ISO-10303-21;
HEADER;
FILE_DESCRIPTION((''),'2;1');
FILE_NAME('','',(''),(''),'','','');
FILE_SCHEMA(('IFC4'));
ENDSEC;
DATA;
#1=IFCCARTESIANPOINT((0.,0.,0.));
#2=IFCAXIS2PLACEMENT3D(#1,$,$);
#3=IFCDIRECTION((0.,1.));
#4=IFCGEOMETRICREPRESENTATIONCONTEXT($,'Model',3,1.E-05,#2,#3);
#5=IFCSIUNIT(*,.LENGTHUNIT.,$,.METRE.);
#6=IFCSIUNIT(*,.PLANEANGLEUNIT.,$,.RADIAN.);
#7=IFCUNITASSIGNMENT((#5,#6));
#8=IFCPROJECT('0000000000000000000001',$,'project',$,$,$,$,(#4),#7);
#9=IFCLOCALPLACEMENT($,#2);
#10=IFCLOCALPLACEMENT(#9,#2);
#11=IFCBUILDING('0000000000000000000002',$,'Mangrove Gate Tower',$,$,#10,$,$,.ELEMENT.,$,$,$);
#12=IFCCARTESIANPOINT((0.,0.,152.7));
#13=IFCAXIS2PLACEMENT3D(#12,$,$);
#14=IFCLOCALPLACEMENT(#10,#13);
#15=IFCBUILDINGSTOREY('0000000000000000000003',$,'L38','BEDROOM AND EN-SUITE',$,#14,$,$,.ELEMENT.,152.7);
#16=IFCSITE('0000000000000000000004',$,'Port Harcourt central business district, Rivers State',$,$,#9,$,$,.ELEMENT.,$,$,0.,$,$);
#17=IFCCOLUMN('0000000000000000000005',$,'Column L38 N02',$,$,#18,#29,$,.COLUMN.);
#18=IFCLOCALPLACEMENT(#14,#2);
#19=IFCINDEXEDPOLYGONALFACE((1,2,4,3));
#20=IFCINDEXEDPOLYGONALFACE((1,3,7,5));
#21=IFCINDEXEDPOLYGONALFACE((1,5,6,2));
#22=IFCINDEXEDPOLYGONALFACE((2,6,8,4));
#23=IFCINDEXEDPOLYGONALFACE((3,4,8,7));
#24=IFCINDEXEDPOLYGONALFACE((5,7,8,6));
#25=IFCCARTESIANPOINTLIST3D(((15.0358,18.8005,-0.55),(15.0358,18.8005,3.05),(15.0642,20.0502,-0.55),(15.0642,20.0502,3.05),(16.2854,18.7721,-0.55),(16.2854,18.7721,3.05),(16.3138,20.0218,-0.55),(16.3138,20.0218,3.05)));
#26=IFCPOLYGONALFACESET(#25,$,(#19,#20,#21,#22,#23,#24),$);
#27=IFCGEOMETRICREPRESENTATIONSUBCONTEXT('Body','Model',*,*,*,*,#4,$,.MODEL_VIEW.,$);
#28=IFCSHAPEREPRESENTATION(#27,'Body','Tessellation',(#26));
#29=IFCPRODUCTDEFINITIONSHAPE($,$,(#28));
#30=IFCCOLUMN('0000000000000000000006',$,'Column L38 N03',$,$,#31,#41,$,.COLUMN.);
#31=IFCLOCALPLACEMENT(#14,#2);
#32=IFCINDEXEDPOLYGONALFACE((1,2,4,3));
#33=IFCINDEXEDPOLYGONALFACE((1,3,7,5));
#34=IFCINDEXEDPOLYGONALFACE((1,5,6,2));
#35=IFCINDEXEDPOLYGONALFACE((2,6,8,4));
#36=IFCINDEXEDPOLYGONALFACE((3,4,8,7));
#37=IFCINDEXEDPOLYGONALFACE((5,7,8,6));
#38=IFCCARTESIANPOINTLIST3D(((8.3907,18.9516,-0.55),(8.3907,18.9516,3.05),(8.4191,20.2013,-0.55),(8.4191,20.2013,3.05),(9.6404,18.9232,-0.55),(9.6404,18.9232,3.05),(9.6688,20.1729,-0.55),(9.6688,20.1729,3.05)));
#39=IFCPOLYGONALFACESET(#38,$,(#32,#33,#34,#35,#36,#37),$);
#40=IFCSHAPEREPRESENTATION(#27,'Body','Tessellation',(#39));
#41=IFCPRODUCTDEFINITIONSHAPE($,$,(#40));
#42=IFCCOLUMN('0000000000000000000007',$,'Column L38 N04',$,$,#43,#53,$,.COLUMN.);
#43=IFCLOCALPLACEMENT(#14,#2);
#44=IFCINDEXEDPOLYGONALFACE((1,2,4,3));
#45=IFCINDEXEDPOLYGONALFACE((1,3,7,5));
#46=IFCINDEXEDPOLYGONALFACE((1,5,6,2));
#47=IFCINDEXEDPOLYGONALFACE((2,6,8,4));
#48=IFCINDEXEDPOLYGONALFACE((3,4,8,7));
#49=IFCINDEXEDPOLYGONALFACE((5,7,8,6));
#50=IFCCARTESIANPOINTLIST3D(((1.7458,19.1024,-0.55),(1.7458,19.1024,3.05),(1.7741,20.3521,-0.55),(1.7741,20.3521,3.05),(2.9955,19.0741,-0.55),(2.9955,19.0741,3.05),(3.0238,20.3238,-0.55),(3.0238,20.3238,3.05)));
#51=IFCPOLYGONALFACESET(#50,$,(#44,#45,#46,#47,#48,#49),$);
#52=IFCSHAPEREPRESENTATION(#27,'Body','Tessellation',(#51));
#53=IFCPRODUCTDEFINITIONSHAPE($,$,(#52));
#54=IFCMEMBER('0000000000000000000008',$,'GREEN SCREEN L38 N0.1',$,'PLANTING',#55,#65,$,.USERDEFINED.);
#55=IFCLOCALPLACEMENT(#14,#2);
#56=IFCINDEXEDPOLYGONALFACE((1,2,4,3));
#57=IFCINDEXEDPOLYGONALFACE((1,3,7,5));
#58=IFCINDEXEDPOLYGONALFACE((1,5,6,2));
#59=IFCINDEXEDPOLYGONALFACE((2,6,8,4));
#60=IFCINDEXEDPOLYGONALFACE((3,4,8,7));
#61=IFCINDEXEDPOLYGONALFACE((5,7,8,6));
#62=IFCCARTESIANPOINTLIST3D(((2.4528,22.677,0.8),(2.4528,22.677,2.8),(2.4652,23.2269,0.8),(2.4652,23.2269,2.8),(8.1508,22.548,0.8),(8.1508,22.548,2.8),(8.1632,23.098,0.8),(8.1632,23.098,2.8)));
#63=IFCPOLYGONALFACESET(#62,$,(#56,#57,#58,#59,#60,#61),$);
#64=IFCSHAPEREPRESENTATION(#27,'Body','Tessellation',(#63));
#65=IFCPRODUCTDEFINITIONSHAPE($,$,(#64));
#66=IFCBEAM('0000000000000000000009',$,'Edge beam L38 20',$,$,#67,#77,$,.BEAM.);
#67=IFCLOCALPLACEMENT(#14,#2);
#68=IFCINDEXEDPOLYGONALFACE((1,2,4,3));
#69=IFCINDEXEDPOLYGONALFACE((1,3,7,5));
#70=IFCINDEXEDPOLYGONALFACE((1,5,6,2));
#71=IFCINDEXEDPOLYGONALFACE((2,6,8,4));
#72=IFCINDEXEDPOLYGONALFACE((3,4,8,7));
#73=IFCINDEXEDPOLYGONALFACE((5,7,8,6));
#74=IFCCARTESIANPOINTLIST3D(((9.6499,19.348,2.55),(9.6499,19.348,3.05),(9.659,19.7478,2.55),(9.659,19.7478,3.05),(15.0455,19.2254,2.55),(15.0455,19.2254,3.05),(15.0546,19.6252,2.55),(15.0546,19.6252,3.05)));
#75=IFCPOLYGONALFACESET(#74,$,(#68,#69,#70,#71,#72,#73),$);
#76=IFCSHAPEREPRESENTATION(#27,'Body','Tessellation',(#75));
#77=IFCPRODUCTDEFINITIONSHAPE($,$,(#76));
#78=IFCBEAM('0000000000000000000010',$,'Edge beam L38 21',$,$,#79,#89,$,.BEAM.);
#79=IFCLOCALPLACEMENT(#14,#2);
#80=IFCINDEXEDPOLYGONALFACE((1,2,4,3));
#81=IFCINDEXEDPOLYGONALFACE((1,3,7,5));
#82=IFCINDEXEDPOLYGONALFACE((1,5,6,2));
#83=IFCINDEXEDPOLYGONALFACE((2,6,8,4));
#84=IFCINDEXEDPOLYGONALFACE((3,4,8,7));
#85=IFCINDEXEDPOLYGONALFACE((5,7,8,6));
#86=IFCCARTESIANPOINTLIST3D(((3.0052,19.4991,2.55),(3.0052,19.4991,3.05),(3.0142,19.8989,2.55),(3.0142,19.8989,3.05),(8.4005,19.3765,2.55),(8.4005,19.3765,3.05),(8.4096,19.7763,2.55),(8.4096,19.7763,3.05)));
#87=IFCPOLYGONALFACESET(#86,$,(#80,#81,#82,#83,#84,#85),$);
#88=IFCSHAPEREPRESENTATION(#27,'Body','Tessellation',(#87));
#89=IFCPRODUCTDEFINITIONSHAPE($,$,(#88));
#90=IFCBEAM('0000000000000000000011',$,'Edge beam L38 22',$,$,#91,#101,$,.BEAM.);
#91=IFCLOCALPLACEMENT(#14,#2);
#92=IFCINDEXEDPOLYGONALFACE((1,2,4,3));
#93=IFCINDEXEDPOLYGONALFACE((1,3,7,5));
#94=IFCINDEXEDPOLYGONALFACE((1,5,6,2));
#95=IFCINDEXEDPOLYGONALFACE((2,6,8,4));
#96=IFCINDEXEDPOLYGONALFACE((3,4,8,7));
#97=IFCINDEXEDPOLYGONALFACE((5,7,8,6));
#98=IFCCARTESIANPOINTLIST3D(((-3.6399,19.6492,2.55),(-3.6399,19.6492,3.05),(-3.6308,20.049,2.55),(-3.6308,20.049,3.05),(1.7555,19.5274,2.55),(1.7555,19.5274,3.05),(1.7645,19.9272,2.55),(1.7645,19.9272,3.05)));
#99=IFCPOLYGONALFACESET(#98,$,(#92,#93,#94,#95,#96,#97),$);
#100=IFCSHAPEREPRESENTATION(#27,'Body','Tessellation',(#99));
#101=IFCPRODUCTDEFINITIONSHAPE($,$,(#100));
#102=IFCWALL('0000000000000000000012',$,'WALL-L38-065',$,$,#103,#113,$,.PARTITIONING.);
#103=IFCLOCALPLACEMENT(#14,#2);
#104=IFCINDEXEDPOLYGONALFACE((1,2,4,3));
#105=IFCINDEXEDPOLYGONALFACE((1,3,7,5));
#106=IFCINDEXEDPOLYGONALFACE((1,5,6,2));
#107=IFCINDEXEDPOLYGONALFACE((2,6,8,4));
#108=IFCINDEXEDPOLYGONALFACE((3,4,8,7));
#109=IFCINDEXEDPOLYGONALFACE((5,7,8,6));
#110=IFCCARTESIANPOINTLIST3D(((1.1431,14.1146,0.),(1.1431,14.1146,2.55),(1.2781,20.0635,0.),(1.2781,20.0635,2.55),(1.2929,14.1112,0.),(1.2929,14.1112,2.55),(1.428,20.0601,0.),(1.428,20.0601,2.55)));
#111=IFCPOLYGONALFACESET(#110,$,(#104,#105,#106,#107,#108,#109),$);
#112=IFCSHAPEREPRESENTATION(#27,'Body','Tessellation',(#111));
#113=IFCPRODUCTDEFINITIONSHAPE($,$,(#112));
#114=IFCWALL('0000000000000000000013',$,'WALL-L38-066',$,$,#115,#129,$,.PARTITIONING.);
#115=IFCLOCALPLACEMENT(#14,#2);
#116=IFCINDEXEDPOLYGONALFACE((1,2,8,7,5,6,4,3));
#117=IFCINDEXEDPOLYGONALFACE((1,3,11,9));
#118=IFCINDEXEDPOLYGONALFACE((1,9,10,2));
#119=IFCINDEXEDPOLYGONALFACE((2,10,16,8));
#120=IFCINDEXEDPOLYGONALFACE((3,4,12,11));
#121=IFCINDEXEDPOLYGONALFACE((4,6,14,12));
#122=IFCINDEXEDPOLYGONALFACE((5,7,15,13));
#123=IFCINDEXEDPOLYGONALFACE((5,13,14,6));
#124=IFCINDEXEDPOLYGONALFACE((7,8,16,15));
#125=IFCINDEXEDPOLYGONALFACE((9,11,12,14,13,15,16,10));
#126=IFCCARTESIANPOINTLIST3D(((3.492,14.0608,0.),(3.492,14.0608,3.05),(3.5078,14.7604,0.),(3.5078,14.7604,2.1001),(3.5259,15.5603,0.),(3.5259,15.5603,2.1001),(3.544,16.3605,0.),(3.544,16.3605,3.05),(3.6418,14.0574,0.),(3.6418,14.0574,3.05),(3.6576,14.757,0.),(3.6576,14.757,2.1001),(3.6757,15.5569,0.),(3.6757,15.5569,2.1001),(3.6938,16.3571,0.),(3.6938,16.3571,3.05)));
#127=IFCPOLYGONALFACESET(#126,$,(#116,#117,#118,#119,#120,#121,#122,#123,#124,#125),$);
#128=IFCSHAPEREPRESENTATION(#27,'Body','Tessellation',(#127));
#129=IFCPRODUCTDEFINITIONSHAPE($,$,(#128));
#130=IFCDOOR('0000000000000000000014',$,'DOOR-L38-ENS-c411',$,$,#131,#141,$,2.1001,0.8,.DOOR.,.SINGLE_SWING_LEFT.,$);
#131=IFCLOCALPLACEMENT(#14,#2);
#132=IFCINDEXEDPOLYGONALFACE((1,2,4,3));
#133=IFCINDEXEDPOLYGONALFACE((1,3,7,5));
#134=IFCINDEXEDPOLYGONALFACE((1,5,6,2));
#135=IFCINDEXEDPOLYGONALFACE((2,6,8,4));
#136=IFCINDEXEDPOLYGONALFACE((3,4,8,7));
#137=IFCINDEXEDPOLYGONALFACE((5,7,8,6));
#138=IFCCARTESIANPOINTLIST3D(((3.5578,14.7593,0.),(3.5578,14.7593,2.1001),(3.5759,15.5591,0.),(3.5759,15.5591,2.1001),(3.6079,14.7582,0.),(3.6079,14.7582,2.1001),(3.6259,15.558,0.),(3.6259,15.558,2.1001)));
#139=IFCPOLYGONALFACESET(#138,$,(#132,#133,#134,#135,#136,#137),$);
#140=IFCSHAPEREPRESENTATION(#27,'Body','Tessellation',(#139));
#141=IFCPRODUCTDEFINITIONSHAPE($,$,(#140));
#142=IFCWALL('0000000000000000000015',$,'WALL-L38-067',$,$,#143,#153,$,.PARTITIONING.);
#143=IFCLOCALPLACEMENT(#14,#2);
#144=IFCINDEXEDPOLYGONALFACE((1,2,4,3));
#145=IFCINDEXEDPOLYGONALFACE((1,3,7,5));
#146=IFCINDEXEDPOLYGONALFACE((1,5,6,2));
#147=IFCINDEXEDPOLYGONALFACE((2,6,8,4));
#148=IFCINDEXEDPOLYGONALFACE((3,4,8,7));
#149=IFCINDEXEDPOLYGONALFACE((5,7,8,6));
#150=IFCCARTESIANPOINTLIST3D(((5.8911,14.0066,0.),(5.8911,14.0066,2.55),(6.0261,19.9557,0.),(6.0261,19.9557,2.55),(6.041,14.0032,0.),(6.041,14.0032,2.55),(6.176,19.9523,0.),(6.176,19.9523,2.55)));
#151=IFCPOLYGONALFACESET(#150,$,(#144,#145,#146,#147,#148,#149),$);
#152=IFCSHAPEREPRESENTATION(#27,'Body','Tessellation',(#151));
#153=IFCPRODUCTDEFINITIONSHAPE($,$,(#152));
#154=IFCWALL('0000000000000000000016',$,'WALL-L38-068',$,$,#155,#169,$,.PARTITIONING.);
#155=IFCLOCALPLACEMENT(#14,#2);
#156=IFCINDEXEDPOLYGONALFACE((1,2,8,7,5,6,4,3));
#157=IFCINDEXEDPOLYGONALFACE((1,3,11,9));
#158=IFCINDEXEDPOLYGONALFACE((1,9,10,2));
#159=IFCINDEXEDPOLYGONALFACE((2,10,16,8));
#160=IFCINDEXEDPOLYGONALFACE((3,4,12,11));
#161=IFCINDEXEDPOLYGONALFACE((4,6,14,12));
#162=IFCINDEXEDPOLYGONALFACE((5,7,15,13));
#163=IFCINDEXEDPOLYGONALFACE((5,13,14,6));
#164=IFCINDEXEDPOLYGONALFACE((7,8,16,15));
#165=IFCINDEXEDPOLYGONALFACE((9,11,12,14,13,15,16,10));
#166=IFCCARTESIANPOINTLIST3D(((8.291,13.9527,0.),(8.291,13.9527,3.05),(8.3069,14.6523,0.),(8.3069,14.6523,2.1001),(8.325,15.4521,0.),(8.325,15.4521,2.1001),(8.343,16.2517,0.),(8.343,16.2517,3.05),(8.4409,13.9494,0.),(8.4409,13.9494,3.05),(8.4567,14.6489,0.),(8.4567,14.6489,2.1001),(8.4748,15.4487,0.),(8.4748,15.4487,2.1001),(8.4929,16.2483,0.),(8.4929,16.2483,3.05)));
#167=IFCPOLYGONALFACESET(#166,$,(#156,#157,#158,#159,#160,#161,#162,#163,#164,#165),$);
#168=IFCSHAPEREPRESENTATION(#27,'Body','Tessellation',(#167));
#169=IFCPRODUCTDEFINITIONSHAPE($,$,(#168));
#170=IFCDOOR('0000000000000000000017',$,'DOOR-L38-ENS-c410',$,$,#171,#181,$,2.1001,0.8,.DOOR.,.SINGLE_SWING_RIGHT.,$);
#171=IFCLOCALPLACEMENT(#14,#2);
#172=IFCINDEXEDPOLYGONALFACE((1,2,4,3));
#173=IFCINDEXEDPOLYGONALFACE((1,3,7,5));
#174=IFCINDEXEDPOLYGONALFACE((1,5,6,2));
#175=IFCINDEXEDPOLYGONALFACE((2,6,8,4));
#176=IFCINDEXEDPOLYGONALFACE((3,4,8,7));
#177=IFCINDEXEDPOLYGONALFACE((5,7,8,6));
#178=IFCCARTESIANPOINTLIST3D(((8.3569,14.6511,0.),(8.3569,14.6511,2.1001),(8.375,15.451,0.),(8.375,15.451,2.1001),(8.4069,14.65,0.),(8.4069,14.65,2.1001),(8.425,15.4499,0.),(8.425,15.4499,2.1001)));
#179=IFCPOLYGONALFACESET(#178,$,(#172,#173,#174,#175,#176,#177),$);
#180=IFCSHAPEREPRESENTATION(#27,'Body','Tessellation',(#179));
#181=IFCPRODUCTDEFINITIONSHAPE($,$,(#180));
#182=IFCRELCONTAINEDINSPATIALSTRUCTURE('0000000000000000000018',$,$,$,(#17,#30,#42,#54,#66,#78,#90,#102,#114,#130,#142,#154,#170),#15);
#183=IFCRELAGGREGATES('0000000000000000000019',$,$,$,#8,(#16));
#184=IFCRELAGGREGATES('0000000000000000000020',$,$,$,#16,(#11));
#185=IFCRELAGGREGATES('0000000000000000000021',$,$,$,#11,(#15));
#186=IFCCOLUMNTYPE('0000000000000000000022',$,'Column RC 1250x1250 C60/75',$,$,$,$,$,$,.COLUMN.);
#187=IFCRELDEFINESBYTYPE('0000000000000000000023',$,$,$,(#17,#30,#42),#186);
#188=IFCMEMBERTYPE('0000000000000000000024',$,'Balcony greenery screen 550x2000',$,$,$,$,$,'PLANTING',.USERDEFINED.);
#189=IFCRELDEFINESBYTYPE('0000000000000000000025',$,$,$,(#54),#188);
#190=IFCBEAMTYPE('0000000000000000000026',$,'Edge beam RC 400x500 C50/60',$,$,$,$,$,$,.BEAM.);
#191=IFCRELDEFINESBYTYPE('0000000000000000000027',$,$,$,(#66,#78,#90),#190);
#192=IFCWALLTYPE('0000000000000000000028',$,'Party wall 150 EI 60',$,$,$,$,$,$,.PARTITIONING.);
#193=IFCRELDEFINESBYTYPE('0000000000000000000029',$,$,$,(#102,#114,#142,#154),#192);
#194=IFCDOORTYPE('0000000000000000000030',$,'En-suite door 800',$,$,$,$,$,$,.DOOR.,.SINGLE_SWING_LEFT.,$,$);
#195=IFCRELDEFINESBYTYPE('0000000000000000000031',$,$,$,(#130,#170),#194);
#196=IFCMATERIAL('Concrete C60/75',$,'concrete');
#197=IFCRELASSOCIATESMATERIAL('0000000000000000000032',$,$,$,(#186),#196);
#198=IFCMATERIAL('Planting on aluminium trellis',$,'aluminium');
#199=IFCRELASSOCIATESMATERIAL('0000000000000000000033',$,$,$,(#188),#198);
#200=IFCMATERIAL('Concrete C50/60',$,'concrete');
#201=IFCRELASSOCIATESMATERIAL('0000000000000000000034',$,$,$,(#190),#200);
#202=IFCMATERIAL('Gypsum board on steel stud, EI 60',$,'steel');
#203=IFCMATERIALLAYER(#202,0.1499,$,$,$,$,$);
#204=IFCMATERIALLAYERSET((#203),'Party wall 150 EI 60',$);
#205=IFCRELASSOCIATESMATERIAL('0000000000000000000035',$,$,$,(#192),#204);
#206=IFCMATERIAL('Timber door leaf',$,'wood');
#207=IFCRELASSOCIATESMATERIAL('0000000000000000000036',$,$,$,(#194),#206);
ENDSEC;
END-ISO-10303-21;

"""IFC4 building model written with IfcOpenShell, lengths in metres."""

from ifc_helpers import new_model, si_unit, direction, frame, frame_2d, origin, origin_2d, place, context, subcontext, project, spatial, rectangle, extrude, material, layer, layer_set, material_profile, profile_set, type_object, element, fill, save


model = new_model("IFC4")

# Units and contexts
model_context = context("Model", 3, precision=1e-05, world=origin(), true_north=direction((0.0, 1.0)))
body_context = subcontext(model_context, "Body", "Model", "MODEL_VIEW")
ifc_project = project(units=[si_unit("LENGTHUNIT", "METRE"), si_unit("PLANEANGLEUNIT", "RADIAN")], contexts=[model_context])

# Site, building, storey
site_placement = place(None, origin())
site = spatial("IfcSite", under=ifc_project, at=site_placement, Name="Port Harcourt central business district, Rivers State", CompositionType="ELEMENT", RefElevation=0.0)
building_placement = place(site_placement, origin())
building = spatial("IfcBuilding", under=site, at=building_placement, Name="Mangrove Gate Tower", CompositionType="ELEMENT")
storey_placement = place(building_placement, frame((0.0, 0.0, 152.7)))
storey = spatial("IfcBuildingStorey", under=building, at=storey_placement, Name="L38", Description="BEDROOM AND EN-SUITE", CompositionType="ELEMENT", Elevation=152.7)

# Columns
ifc_material_1 = material(Name="Concrete C60/75", Category="concrete")
ifc_material_profile_1 = material_profile(ifc_material_1, rectangle(XDim=1.25, YDim=1.25, at=origin_2d()))
ifc_profile_set_1 = profile_set([ifc_material_profile_1], Name="Concrete C60/75")
column_type = type_object("IfcColumnType", Name="Column RC 1250x1250 C60/75", PredefinedType="COLUMN", material=ifc_profile_set_1)
for number, where, z_axis, x_axis, name in (
    (1, (15.6748, 19.4111, -0.55), (0.0, 0.0, 1.0), (-0.999742, 0.022718, 0.0), "Column L38 N02"),
    (2, (9.0298, 19.5623, -0.55), (0.0, 0.0, 1.0), (-0.999742, 0.022718, 0.0), "Column L38 N03"),
    (3, (2.3848, 19.7131, -0.55), (0.0, 0.0, 1.0), (-0.999744, 0.022643, 0.0), "Column L38 N04"),
):
    element("IfcColumn", number, at=place(storey_placement, frame(where, z_axis=z_axis, x_axis=x_axis)), inside=storey, type_object=column_type, Name=name, PredefinedType="COLUMN", context=body_context, shape_type="SweptSolid", body=[
        extrude(rectangle(XDim=1.25, YDim=1.25, at=origin_2d()), origin(), (0.0, 0.0, 1.0), 3.6001),
    ])

# Member
ifc_material_2 = material(Name="Planting on aluminium trellis", Category="aluminium")
ifc_material_profile_2 = material_profile(ifc_material_2, rectangle(XDim=0.55, YDim=2.0, at=origin_2d()))
ifc_profile_set_2 = profile_set([ifc_material_profile_2], Name="Planting on aluminium trellis")
member_type = type_object("IfcMemberType", Name="Balcony greenery screen 550x2000", ElementType="PLANTING", PredefinedType="USERDEFINED", material=ifc_profile_set_2)
member_placement = place(storey_placement, frame((2.459, 22.9519, 1.8), z_axis=(0.999744, -0.022617, 0.0), x_axis=(0.022617, 0.999744, 0.0)))
element("IfcMember", 4, at=member_placement, inside=storey, type_object=member_type, Name="GREEN SCREEN L38 N0.1", ObjectType="PLANTING", PredefinedType="USERDEFINED", context=body_context, shape_type="SweptSolid", body=[
    extrude(rectangle(XDim=0.55, YDim=2.0, at=origin_2d()), origin(), (0.0, 0.0, 1.0), 5.6995),
])

# Beams
ifc_material_3 = material(Name="Concrete C50/60", Category="concrete")
ifc_material_profile_3 = material_profile(ifc_material_3, rectangle(XDim=0.3999, YDim=0.5, at=origin_2d()))
ifc_profile_set_3 = profile_set([ifc_material_profile_3], Name="Concrete C50/60")
beam_type = type_object("IfcBeamType", Name="Edge beam RC 400x500 C50/60", PredefinedType="BEAM", material=ifc_profile_set_3)
beam_placement = place(storey_placement, frame((15.05, 19.4253, 2.8), z_axis=(-0.999742, 0.022709, 0.0), x_axis=(-0.022709, -0.999742, 0.0)))
element("IfcBeam", 5, at=beam_placement, inside=storey, type_object=beam_type, Name="Edge beam L38 20", PredefinedType="BEAM", context=body_context, shape_type="SweptSolid", body=[
    extrude(rectangle(XDim=0.3999, YDim=0.5, at=origin_2d()), origin(), (0.0, 0.0, 1.0), 5.397),
])
for number, where, z_axis, x_axis, name in (
    (6, (8.405, 19.5764, 2.8), (-0.999742, 0.02271, 0.0), (-0.02271, -0.999742, 0.0), "Edge beam L38 21"),
    (7, (1.76, 19.7273, 2.8), (-0.999745, 0.022574, 0.0), (-0.022574, -0.999745, 0.0), "Edge beam L38 22"),
):
    element("IfcBeam", number, at=place(storey_placement, frame(where, z_axis=z_axis, x_axis=x_axis)), inside=storey, type_object=beam_type, Name=name, PredefinedType="BEAM", context=body_context, shape_type="SweptSolid", body=[
        extrude(rectangle(XDim=0.3999, YDim=0.5, at=origin_2d()), origin(), (0.0, 0.0, 1.0), 5.3967),
    ])

# Wall
ifc_material_4 = material(Name="Gypsum board on steel stud, EI 60", Category="steel")
ifc_layer_1 = layer(ifc_material_4, 0.1499)
ifc_layer_set_1 = layer_set([ifc_layer_1], Name="Party wall 150 EI 60")
wall_type_1 = type_object("IfcWallType", Name="Party wall 150 EI 60", PredefinedType="PARTITIONING", material=ifc_layer_set_1)
wall_1_placement = place(storey_placement, frame((1.218, 14.113, 0.0), z_axis=(0.0, 0.0, 1.0), x_axis=(0.022689, 0.999743, 0.0)))
element("IfcWall", 8, at=wall_1_placement, inside=storey, type_object=wall_type_1, Name="WALL-L38-065", PredefinedType="PARTITIONING", context=body_context, shape_type="SweptSolid", body=[
    extrude(rectangle(XDim=5.9504, YDim=0.1499, at=frame_2d((2.9751, 0.0))), origin(), (0.0, 0.0, 1.0), 2.55),
])

# Wall, opening, door
wall_2_placement = place(storey_placement, frame((3.5669, 14.0591, 0.0), z_axis=(0.0, 0.0, 1.0), x_axis=(0.022606, 0.999744, 0.0)))
wall_2 = element("IfcWall", 9, at=wall_2_placement, inside=storey, type_object=wall_type_1, Name="WALL-L38-066", PredefinedType="PARTITIONING", context=body_context, shape_type="SweptSolid", body=[
    extrude(rectangle(XDim=2.3003, YDim=0.1499, at=frame_2d((1.1501, 0.0))), origin(), (0.0, 0.0, 1.0), 3.05),
])
opening_1_placement = place(wall_2_placement, frame((0.7, 0.0, 0.0)))
opening_1 = element("IfcOpeningElement", 10, at=opening_1_placement, cuts=wall_2, PredefinedType="OPENING", context=body_context, shape_type="SweptSolid", body=[
    extrude(rectangle(XDim=0.8, YDim=2.1001, at=frame_2d((0.3999, 1.05))), frame((0.0, 0.085, 0.0), z_axis=(0.0, -1.0, 0.0), x_axis=(1.0, 0.0, 0.0)), (0.0, 0.0, 1.0), 0.1699),
])
ifc_material_5 = material(Name="Timber door leaf", Category="wood")
door_type = type_object("IfcDoorType", Name="En-suite door 800", OperationType="SINGLE_SWING_LEFT", PredefinedType="DOOR", material=ifc_material_5)
door_1_placement = place(opening_1_placement, origin())
door_1 = element("IfcDoor", 11, at=door_1_placement, inside=storey, type_object=door_type, Name="DOOR-L38-ENS-c411", OperationType="SINGLE_SWING_LEFT", OverallHeight=2.1001, OverallWidth=0.8, PredefinedType="DOOR", context=body_context, shape_type="SweptSolid", body=[
    extrude(rectangle(XDim=0.8, YDim=2.1001, at=frame_2d((0.3999, 1.05))), frame((0.0, 0.0249, 0.0), z_axis=(0.0, -1.0, 0.0), x_axis=(1.0, 0.0, 0.0)), (0.0, 0.0, 1.0), 0.05),
])
fill(opening_1, door_1)

# Wall
wall_3_placement = place(storey_placement, frame((5.9661, 14.0049, 0.0), z_axis=(0.0, 0.0, 1.0), x_axis=(0.022688, 0.999743, 0.0)))
element("IfcWall", 12, at=wall_3_placement, inside=storey, type_object=wall_type_1, Name="WALL-L38-067", PredefinedType="PARTITIONING", context=body_context, shape_type="SweptSolid", body=[
    extrude(rectangle(XDim=5.9507, YDim=0.1499, at=frame_2d((2.9753, 0.0))), origin(), (0.0, 0.0, 1.0), 2.55),
])

# Wall, opening, door
wall_4_placement = place(storey_placement, frame((8.366, 13.9509, 0.0), z_axis=(0.0, 0.0, 1.0), x_axis=(0.022613, 0.999744, 0.0)))
wall_4 = element("IfcWall", 13, at=wall_4_placement, inside=storey, type_object=wall_type_1, Name="WALL-L38-068", PredefinedType="PARTITIONING", context=body_context, shape_type="SweptSolid", body=[
    extrude(rectangle(XDim=2.2996, YDim=0.1499, at=frame_2d((1.1499, 0.0))), origin(), (0.0, 0.0, 1.0), 3.05),
])
opening_2_placement = place(wall_4_placement, frame((0.7, 0.0, 0.0)))
opening_2 = element("IfcOpeningElement", 14, at=opening_2_placement, cuts=wall_4, PredefinedType="OPENING", context=body_context, shape_type="SweptSolid", body=[
    extrude(rectangle(XDim=0.8, YDim=2.1001, at=frame_2d((0.3999, 1.05))), frame((0.0, 0.085, 0.0), z_axis=(0.0, -1.0, 0.0), x_axis=(1.0, 0.0, 0.0)), (0.0, 0.0, 1.0), 0.1699),
])
door_2_placement = place(opening_2_placement, origin())
door_2 = element("IfcDoor", 15, at=door_2_placement, inside=storey, type_object=door_type, Name="DOOR-L38-ENS-c410", OperationType="SINGLE_SWING_RIGHT", OverallHeight=2.1001, OverallWidth=0.8, PredefinedType="DOOR", context=body_context, shape_type="SweptSolid", body=[
    extrude(rectangle(XDim=0.8, YDim=2.1001, at=frame_2d((0.3999, 1.05))), frame((0.0, 0.0249, 0.0), z_axis=(0.0, -1.0, 0.0), x_axis=(1.0, 0.0, 0.0)), (0.0, 0.0, 1.0), 0.05),
])
fill(opening_2, door_2)

save(model, "model.ifc")
